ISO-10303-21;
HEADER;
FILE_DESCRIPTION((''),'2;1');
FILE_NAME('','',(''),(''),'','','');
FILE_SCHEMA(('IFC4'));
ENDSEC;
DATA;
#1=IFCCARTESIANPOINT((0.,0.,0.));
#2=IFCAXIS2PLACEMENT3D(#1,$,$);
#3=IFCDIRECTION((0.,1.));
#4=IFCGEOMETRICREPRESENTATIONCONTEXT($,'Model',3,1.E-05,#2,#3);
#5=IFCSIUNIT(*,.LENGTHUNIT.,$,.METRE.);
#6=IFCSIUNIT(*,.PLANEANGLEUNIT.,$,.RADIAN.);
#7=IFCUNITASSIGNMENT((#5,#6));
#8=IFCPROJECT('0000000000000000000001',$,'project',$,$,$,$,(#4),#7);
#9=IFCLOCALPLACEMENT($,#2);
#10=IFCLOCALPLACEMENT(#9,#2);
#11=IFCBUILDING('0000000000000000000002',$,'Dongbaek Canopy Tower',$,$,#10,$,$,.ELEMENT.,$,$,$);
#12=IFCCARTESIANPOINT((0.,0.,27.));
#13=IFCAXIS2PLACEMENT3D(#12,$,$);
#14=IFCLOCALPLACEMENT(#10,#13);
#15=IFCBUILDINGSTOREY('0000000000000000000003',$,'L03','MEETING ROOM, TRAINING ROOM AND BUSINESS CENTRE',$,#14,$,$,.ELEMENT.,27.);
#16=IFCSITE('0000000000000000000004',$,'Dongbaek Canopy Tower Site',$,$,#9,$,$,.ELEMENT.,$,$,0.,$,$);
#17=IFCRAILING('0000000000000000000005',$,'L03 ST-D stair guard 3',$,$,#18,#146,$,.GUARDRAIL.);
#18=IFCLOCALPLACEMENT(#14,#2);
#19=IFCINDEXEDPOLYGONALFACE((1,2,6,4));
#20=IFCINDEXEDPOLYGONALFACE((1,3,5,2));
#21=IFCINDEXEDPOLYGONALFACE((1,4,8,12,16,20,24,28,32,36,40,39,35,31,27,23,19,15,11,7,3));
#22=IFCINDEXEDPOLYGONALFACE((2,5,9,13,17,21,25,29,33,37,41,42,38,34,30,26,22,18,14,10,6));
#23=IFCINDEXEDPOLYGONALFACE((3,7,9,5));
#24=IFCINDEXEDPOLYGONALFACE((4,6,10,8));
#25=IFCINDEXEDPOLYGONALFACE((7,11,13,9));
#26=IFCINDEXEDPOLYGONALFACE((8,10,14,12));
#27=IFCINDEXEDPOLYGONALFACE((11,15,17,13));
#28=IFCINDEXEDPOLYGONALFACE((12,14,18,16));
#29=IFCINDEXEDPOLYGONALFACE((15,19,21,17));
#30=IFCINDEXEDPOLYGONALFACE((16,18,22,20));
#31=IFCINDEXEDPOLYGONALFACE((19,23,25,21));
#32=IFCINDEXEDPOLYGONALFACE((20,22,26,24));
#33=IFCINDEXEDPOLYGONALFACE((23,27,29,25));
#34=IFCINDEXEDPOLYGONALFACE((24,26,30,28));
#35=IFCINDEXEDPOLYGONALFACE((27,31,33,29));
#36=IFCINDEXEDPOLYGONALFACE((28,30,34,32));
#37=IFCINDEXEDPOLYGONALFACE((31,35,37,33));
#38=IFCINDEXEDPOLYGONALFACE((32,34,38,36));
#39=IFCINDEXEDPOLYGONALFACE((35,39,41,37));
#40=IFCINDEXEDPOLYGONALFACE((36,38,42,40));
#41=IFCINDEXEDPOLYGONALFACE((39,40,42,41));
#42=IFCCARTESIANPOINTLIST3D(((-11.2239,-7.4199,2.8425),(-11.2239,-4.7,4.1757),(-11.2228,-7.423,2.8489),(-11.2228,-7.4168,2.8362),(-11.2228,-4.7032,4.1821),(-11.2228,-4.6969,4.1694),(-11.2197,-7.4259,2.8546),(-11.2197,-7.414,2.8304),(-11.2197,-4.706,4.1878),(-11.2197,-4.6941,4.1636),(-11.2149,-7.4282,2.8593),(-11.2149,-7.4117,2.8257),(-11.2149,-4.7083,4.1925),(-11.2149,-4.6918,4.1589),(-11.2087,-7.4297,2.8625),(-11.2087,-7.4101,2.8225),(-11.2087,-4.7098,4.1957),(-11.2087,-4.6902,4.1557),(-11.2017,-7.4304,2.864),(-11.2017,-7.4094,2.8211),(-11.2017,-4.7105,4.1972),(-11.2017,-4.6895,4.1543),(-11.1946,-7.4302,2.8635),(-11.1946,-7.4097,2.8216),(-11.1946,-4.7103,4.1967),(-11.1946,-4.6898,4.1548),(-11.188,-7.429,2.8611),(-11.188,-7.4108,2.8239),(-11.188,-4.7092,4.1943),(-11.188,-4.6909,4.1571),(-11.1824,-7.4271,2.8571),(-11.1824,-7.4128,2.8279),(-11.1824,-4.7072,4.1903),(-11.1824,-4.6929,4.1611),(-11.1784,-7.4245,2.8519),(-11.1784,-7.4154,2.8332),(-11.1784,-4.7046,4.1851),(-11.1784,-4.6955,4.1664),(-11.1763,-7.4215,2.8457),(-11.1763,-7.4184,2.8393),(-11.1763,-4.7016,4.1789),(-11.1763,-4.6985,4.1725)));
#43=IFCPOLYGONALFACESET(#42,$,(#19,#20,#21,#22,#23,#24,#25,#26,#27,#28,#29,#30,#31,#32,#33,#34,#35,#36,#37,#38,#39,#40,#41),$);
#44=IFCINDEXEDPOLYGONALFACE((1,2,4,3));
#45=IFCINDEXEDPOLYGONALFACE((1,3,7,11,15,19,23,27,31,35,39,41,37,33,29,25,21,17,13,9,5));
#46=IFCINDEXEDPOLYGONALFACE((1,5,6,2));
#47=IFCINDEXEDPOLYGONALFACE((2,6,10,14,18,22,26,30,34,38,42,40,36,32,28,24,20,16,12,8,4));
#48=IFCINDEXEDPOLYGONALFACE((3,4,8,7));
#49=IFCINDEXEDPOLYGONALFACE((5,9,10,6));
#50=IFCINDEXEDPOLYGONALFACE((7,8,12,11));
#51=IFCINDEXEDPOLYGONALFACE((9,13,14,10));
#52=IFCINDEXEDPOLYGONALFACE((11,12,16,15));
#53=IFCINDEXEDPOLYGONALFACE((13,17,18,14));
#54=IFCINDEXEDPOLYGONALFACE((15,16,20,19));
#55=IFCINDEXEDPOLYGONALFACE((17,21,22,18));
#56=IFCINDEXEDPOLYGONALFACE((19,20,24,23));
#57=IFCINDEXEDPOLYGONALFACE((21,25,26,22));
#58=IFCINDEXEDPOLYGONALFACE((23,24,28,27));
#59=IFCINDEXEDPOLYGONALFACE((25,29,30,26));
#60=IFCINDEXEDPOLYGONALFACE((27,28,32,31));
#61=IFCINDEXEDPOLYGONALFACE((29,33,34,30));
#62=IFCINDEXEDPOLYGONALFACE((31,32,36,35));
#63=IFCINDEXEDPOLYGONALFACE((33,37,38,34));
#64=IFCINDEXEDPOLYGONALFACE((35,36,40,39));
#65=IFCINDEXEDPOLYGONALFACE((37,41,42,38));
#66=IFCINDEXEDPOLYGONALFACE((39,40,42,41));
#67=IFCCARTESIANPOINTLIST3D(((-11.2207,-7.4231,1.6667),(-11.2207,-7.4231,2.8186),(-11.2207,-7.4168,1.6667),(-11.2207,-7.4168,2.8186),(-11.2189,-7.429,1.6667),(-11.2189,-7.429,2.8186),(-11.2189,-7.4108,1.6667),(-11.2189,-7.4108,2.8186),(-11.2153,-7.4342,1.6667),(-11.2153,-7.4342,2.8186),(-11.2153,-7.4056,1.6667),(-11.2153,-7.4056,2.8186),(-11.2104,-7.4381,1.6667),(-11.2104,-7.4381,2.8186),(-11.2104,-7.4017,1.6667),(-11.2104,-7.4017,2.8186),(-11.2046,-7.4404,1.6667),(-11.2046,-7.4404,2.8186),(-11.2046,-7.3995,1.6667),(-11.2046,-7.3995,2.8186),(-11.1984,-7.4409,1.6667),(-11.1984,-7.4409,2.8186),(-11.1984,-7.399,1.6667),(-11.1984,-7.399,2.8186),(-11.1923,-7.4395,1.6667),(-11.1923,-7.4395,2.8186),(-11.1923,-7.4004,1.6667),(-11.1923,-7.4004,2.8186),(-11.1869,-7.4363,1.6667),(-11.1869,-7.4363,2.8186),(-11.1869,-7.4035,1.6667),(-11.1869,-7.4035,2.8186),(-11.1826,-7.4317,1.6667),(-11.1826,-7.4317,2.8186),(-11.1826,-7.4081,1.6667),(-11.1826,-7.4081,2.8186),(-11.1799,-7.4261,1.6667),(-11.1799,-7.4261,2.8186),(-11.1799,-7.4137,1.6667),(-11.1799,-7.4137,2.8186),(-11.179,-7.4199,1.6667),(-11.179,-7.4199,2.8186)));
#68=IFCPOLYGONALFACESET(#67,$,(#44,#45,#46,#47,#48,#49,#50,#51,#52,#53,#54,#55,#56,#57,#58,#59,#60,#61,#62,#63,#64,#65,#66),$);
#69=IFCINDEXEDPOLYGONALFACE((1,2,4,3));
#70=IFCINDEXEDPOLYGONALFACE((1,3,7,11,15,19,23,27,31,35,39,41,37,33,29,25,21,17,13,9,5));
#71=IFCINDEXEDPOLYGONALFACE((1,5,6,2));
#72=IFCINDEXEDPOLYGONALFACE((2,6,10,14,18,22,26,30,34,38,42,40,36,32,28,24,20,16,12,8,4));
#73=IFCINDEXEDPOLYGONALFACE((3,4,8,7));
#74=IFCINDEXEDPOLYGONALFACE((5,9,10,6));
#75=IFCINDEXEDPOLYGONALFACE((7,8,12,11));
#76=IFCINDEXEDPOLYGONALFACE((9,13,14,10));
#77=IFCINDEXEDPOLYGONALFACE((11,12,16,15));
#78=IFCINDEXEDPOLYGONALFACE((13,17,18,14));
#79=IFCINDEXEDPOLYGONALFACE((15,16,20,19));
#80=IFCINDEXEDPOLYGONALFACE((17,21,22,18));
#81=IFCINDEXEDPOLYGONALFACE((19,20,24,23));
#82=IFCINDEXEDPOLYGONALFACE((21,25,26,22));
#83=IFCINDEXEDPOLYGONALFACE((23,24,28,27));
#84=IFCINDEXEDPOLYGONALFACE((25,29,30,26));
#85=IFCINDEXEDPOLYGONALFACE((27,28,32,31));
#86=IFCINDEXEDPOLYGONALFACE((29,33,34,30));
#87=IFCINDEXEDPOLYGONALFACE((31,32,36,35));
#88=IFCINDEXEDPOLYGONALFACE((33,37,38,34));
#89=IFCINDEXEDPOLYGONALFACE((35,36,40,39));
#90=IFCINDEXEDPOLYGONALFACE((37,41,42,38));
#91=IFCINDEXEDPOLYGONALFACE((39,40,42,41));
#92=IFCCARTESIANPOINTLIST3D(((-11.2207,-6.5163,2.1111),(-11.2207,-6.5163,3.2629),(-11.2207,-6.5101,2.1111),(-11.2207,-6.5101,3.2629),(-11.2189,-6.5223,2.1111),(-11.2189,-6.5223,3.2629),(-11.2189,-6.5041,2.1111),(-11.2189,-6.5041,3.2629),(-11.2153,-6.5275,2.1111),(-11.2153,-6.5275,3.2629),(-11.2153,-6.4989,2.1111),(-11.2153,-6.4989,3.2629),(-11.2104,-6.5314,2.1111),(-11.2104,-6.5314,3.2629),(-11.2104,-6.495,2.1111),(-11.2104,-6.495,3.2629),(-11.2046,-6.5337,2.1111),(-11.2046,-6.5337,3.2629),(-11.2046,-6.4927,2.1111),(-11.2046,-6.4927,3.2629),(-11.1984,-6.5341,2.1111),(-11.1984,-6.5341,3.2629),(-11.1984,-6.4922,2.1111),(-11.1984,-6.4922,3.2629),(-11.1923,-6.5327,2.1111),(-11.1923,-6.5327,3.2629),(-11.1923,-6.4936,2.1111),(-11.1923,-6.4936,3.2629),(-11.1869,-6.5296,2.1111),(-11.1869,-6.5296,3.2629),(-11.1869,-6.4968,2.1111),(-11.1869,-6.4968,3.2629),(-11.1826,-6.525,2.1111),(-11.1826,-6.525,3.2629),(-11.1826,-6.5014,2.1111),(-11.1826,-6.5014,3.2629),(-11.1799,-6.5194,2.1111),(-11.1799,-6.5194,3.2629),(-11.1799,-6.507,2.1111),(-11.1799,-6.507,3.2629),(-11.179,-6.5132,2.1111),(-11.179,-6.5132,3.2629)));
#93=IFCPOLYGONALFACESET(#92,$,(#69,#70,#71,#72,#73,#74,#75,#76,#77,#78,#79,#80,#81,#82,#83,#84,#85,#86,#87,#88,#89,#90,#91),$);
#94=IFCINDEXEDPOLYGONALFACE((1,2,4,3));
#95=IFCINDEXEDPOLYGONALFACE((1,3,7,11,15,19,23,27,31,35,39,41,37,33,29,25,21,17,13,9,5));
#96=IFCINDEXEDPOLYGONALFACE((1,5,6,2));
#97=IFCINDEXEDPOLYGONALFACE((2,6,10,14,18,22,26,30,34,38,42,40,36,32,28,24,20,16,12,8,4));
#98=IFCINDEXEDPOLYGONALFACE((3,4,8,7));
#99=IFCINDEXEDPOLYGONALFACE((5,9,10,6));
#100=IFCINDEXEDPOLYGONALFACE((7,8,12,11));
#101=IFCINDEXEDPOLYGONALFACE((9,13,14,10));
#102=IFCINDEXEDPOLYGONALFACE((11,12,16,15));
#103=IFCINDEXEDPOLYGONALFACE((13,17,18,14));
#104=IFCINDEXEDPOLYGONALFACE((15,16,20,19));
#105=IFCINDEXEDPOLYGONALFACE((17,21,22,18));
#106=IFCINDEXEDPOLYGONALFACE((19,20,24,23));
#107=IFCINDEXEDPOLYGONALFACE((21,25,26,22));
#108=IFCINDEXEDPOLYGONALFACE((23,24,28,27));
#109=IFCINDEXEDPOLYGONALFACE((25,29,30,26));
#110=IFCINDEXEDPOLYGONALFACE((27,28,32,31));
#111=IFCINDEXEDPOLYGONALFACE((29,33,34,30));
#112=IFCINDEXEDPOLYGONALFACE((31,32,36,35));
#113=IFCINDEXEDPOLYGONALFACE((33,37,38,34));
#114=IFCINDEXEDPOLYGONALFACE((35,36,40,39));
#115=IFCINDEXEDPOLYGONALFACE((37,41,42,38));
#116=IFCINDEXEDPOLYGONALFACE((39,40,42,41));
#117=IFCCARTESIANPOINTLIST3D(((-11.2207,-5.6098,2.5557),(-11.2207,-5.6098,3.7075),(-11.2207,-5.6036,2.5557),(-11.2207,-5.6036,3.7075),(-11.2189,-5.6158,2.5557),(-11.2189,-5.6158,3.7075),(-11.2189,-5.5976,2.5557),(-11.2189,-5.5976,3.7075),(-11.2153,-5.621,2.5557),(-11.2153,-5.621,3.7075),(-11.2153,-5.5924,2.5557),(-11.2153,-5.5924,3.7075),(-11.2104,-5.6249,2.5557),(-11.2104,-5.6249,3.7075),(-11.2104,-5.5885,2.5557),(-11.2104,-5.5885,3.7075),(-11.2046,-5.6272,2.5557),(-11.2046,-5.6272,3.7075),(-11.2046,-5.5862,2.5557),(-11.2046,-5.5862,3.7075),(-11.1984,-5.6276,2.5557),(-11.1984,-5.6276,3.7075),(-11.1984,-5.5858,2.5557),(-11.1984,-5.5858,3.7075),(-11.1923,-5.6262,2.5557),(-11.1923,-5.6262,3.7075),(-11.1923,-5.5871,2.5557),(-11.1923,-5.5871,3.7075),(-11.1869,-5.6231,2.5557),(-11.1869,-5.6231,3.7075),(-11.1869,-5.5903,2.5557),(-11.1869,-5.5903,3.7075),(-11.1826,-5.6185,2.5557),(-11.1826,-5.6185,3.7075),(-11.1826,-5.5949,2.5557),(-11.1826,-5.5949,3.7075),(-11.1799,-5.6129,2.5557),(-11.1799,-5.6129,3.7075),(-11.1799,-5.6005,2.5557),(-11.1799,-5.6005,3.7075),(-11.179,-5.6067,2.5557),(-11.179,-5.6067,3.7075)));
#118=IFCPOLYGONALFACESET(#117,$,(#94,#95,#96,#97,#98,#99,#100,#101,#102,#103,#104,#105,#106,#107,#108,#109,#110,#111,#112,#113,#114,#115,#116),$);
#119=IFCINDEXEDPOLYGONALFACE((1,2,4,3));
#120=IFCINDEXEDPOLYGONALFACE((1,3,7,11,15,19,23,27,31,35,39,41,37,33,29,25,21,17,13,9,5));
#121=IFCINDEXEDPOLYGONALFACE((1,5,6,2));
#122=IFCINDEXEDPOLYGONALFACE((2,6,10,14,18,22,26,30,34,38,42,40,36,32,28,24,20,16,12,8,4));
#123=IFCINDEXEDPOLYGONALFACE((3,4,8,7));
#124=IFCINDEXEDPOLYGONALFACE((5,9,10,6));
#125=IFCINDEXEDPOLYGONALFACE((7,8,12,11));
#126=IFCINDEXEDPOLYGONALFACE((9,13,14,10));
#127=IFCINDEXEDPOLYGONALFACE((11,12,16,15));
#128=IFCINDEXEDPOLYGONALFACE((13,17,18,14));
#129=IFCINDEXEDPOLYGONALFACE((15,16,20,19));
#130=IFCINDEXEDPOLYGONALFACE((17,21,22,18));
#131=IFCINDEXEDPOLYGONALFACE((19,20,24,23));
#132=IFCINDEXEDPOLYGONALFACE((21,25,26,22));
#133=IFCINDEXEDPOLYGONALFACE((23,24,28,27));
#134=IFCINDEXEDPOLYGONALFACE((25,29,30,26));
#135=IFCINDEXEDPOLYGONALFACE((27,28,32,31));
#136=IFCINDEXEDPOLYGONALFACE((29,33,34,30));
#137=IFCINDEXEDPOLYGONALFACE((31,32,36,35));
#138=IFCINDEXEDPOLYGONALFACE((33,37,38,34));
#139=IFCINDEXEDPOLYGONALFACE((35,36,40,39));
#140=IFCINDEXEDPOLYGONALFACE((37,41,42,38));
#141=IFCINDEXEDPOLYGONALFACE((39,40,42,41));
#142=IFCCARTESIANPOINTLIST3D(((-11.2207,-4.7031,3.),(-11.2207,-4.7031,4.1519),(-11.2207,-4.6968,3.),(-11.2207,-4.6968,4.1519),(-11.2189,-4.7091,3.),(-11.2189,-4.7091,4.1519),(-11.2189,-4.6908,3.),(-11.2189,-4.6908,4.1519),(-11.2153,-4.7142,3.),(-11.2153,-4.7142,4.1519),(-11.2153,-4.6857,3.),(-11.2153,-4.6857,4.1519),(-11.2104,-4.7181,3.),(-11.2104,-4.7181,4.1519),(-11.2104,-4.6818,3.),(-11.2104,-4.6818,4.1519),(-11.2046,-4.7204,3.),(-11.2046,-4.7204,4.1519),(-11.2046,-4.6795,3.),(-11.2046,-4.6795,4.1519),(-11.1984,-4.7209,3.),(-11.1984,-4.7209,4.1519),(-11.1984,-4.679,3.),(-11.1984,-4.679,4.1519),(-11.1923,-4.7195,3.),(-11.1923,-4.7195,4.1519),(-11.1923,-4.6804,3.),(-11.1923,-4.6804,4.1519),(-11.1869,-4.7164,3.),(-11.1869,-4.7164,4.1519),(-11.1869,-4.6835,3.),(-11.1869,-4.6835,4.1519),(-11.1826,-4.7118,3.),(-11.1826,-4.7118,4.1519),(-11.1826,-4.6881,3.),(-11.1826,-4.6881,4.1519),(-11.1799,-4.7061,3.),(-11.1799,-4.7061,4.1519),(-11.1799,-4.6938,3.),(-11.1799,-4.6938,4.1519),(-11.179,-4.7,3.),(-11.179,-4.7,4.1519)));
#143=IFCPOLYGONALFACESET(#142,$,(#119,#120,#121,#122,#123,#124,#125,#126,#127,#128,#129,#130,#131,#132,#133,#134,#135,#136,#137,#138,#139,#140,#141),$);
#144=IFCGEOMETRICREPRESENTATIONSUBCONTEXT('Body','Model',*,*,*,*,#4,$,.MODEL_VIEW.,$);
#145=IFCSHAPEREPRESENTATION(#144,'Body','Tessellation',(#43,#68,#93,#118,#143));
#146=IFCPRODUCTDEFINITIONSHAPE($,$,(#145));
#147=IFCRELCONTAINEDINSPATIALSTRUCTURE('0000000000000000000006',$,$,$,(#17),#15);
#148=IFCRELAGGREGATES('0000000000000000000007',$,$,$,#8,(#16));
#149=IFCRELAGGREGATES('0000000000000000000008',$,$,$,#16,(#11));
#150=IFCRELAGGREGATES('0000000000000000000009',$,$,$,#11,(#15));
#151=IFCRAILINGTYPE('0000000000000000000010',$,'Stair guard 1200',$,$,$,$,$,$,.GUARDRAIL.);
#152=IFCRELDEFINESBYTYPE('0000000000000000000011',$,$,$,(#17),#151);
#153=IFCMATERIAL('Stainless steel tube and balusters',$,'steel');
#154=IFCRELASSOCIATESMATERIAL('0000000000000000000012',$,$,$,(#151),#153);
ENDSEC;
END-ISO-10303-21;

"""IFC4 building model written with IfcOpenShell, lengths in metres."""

from ifc_helpers import new_model, si_unit, direction, frame, origin, origin_2d, place, context, subcontext, project, spatial, circle, extrude, material, type_object, element, save


model = new_model("IFC4")

# Units and contexts
model_context = context("Model", 3, precision=1e-05, world=origin(), true_north=direction((0.0, 1.0)))
body_context = subcontext(model_context, "Body", "Model", "MODEL_VIEW")
ifc_project = project(units=[si_unit("LENGTHUNIT", "METRE"), si_unit("PLANEANGLEUNIT", "RADIAN")], contexts=[model_context])

# Site, building, storey
site_placement = place(None, origin())
site = spatial("IfcSite", under=ifc_project, at=site_placement, Name="Dongbaek Canopy Tower Site", CompositionType="ELEMENT", RefElevation=0.0)
building_placement = place(site_placement, origin())
building = spatial("IfcBuilding", under=site, at=building_placement, Name="Dongbaek Canopy Tower", CompositionType="ELEMENT")
storey_placement = place(building_placement, frame((0.0, 0.0, 27.0)))
storey = spatial("IfcBuildingStorey", under=building, at=storey_placement, Name="L03", Description="MEETING ROOM, TRAINING ROOM AND BUSINESS CENTRE", CompositionType="ELEMENT", Elevation=27.0)

# Railing
ifc_material_1 = material(Name="Stainless steel tube and balusters", Category="steel")
railing_type_1 = type_object("IfcRailingType", Name="Stair guard 1200", PredefinedType="GUARDRAIL", material=ifc_material_1)
railing_1_placement = place(storey_placement, frame((-11.2, -7.4199, 1.6667)))
element("IfcRailing", 1, at=railing_1_placement, inside=storey, type_object=railing_type_1, Name="L03 ST-D stair guard 3", PredefinedType="GUARDRAIL", context=body_context, shape_type="SweptSolid", body=[
    extrude(circle(Radius=0.0239, at=origin_2d()), frame((0.0, 0.0, 1.1758), z_axis=(0.0, 0.897929, 0.440139), x_axis=(-1.0, 0.0, 0.0)), (0.0, 0.0, 1.0), 3.0291),
    extrude(circle(Radius=0.021, at=origin_2d()), origin(), (0.0, 0.0, 1.0), 1.1519),
    extrude(circle(Radius=0.021, at=origin_2d()), frame((0.0, 0.9067, 0.4443)), (0.0, 0.0, 1.0), 1.1519),
    extrude(circle(Radius=0.021, at=origin_2d()), frame((0.0, 1.8132, 0.8889)), (0.0, 0.0, 1.0), 1.1519),
    extrude(circle(Radius=0.021, at=origin_2d()), frame((0.0, 2.72, 1.3333)), (0.0, 0.0, 1.0), 1.1519),
])

save(model, "model.ifc")
